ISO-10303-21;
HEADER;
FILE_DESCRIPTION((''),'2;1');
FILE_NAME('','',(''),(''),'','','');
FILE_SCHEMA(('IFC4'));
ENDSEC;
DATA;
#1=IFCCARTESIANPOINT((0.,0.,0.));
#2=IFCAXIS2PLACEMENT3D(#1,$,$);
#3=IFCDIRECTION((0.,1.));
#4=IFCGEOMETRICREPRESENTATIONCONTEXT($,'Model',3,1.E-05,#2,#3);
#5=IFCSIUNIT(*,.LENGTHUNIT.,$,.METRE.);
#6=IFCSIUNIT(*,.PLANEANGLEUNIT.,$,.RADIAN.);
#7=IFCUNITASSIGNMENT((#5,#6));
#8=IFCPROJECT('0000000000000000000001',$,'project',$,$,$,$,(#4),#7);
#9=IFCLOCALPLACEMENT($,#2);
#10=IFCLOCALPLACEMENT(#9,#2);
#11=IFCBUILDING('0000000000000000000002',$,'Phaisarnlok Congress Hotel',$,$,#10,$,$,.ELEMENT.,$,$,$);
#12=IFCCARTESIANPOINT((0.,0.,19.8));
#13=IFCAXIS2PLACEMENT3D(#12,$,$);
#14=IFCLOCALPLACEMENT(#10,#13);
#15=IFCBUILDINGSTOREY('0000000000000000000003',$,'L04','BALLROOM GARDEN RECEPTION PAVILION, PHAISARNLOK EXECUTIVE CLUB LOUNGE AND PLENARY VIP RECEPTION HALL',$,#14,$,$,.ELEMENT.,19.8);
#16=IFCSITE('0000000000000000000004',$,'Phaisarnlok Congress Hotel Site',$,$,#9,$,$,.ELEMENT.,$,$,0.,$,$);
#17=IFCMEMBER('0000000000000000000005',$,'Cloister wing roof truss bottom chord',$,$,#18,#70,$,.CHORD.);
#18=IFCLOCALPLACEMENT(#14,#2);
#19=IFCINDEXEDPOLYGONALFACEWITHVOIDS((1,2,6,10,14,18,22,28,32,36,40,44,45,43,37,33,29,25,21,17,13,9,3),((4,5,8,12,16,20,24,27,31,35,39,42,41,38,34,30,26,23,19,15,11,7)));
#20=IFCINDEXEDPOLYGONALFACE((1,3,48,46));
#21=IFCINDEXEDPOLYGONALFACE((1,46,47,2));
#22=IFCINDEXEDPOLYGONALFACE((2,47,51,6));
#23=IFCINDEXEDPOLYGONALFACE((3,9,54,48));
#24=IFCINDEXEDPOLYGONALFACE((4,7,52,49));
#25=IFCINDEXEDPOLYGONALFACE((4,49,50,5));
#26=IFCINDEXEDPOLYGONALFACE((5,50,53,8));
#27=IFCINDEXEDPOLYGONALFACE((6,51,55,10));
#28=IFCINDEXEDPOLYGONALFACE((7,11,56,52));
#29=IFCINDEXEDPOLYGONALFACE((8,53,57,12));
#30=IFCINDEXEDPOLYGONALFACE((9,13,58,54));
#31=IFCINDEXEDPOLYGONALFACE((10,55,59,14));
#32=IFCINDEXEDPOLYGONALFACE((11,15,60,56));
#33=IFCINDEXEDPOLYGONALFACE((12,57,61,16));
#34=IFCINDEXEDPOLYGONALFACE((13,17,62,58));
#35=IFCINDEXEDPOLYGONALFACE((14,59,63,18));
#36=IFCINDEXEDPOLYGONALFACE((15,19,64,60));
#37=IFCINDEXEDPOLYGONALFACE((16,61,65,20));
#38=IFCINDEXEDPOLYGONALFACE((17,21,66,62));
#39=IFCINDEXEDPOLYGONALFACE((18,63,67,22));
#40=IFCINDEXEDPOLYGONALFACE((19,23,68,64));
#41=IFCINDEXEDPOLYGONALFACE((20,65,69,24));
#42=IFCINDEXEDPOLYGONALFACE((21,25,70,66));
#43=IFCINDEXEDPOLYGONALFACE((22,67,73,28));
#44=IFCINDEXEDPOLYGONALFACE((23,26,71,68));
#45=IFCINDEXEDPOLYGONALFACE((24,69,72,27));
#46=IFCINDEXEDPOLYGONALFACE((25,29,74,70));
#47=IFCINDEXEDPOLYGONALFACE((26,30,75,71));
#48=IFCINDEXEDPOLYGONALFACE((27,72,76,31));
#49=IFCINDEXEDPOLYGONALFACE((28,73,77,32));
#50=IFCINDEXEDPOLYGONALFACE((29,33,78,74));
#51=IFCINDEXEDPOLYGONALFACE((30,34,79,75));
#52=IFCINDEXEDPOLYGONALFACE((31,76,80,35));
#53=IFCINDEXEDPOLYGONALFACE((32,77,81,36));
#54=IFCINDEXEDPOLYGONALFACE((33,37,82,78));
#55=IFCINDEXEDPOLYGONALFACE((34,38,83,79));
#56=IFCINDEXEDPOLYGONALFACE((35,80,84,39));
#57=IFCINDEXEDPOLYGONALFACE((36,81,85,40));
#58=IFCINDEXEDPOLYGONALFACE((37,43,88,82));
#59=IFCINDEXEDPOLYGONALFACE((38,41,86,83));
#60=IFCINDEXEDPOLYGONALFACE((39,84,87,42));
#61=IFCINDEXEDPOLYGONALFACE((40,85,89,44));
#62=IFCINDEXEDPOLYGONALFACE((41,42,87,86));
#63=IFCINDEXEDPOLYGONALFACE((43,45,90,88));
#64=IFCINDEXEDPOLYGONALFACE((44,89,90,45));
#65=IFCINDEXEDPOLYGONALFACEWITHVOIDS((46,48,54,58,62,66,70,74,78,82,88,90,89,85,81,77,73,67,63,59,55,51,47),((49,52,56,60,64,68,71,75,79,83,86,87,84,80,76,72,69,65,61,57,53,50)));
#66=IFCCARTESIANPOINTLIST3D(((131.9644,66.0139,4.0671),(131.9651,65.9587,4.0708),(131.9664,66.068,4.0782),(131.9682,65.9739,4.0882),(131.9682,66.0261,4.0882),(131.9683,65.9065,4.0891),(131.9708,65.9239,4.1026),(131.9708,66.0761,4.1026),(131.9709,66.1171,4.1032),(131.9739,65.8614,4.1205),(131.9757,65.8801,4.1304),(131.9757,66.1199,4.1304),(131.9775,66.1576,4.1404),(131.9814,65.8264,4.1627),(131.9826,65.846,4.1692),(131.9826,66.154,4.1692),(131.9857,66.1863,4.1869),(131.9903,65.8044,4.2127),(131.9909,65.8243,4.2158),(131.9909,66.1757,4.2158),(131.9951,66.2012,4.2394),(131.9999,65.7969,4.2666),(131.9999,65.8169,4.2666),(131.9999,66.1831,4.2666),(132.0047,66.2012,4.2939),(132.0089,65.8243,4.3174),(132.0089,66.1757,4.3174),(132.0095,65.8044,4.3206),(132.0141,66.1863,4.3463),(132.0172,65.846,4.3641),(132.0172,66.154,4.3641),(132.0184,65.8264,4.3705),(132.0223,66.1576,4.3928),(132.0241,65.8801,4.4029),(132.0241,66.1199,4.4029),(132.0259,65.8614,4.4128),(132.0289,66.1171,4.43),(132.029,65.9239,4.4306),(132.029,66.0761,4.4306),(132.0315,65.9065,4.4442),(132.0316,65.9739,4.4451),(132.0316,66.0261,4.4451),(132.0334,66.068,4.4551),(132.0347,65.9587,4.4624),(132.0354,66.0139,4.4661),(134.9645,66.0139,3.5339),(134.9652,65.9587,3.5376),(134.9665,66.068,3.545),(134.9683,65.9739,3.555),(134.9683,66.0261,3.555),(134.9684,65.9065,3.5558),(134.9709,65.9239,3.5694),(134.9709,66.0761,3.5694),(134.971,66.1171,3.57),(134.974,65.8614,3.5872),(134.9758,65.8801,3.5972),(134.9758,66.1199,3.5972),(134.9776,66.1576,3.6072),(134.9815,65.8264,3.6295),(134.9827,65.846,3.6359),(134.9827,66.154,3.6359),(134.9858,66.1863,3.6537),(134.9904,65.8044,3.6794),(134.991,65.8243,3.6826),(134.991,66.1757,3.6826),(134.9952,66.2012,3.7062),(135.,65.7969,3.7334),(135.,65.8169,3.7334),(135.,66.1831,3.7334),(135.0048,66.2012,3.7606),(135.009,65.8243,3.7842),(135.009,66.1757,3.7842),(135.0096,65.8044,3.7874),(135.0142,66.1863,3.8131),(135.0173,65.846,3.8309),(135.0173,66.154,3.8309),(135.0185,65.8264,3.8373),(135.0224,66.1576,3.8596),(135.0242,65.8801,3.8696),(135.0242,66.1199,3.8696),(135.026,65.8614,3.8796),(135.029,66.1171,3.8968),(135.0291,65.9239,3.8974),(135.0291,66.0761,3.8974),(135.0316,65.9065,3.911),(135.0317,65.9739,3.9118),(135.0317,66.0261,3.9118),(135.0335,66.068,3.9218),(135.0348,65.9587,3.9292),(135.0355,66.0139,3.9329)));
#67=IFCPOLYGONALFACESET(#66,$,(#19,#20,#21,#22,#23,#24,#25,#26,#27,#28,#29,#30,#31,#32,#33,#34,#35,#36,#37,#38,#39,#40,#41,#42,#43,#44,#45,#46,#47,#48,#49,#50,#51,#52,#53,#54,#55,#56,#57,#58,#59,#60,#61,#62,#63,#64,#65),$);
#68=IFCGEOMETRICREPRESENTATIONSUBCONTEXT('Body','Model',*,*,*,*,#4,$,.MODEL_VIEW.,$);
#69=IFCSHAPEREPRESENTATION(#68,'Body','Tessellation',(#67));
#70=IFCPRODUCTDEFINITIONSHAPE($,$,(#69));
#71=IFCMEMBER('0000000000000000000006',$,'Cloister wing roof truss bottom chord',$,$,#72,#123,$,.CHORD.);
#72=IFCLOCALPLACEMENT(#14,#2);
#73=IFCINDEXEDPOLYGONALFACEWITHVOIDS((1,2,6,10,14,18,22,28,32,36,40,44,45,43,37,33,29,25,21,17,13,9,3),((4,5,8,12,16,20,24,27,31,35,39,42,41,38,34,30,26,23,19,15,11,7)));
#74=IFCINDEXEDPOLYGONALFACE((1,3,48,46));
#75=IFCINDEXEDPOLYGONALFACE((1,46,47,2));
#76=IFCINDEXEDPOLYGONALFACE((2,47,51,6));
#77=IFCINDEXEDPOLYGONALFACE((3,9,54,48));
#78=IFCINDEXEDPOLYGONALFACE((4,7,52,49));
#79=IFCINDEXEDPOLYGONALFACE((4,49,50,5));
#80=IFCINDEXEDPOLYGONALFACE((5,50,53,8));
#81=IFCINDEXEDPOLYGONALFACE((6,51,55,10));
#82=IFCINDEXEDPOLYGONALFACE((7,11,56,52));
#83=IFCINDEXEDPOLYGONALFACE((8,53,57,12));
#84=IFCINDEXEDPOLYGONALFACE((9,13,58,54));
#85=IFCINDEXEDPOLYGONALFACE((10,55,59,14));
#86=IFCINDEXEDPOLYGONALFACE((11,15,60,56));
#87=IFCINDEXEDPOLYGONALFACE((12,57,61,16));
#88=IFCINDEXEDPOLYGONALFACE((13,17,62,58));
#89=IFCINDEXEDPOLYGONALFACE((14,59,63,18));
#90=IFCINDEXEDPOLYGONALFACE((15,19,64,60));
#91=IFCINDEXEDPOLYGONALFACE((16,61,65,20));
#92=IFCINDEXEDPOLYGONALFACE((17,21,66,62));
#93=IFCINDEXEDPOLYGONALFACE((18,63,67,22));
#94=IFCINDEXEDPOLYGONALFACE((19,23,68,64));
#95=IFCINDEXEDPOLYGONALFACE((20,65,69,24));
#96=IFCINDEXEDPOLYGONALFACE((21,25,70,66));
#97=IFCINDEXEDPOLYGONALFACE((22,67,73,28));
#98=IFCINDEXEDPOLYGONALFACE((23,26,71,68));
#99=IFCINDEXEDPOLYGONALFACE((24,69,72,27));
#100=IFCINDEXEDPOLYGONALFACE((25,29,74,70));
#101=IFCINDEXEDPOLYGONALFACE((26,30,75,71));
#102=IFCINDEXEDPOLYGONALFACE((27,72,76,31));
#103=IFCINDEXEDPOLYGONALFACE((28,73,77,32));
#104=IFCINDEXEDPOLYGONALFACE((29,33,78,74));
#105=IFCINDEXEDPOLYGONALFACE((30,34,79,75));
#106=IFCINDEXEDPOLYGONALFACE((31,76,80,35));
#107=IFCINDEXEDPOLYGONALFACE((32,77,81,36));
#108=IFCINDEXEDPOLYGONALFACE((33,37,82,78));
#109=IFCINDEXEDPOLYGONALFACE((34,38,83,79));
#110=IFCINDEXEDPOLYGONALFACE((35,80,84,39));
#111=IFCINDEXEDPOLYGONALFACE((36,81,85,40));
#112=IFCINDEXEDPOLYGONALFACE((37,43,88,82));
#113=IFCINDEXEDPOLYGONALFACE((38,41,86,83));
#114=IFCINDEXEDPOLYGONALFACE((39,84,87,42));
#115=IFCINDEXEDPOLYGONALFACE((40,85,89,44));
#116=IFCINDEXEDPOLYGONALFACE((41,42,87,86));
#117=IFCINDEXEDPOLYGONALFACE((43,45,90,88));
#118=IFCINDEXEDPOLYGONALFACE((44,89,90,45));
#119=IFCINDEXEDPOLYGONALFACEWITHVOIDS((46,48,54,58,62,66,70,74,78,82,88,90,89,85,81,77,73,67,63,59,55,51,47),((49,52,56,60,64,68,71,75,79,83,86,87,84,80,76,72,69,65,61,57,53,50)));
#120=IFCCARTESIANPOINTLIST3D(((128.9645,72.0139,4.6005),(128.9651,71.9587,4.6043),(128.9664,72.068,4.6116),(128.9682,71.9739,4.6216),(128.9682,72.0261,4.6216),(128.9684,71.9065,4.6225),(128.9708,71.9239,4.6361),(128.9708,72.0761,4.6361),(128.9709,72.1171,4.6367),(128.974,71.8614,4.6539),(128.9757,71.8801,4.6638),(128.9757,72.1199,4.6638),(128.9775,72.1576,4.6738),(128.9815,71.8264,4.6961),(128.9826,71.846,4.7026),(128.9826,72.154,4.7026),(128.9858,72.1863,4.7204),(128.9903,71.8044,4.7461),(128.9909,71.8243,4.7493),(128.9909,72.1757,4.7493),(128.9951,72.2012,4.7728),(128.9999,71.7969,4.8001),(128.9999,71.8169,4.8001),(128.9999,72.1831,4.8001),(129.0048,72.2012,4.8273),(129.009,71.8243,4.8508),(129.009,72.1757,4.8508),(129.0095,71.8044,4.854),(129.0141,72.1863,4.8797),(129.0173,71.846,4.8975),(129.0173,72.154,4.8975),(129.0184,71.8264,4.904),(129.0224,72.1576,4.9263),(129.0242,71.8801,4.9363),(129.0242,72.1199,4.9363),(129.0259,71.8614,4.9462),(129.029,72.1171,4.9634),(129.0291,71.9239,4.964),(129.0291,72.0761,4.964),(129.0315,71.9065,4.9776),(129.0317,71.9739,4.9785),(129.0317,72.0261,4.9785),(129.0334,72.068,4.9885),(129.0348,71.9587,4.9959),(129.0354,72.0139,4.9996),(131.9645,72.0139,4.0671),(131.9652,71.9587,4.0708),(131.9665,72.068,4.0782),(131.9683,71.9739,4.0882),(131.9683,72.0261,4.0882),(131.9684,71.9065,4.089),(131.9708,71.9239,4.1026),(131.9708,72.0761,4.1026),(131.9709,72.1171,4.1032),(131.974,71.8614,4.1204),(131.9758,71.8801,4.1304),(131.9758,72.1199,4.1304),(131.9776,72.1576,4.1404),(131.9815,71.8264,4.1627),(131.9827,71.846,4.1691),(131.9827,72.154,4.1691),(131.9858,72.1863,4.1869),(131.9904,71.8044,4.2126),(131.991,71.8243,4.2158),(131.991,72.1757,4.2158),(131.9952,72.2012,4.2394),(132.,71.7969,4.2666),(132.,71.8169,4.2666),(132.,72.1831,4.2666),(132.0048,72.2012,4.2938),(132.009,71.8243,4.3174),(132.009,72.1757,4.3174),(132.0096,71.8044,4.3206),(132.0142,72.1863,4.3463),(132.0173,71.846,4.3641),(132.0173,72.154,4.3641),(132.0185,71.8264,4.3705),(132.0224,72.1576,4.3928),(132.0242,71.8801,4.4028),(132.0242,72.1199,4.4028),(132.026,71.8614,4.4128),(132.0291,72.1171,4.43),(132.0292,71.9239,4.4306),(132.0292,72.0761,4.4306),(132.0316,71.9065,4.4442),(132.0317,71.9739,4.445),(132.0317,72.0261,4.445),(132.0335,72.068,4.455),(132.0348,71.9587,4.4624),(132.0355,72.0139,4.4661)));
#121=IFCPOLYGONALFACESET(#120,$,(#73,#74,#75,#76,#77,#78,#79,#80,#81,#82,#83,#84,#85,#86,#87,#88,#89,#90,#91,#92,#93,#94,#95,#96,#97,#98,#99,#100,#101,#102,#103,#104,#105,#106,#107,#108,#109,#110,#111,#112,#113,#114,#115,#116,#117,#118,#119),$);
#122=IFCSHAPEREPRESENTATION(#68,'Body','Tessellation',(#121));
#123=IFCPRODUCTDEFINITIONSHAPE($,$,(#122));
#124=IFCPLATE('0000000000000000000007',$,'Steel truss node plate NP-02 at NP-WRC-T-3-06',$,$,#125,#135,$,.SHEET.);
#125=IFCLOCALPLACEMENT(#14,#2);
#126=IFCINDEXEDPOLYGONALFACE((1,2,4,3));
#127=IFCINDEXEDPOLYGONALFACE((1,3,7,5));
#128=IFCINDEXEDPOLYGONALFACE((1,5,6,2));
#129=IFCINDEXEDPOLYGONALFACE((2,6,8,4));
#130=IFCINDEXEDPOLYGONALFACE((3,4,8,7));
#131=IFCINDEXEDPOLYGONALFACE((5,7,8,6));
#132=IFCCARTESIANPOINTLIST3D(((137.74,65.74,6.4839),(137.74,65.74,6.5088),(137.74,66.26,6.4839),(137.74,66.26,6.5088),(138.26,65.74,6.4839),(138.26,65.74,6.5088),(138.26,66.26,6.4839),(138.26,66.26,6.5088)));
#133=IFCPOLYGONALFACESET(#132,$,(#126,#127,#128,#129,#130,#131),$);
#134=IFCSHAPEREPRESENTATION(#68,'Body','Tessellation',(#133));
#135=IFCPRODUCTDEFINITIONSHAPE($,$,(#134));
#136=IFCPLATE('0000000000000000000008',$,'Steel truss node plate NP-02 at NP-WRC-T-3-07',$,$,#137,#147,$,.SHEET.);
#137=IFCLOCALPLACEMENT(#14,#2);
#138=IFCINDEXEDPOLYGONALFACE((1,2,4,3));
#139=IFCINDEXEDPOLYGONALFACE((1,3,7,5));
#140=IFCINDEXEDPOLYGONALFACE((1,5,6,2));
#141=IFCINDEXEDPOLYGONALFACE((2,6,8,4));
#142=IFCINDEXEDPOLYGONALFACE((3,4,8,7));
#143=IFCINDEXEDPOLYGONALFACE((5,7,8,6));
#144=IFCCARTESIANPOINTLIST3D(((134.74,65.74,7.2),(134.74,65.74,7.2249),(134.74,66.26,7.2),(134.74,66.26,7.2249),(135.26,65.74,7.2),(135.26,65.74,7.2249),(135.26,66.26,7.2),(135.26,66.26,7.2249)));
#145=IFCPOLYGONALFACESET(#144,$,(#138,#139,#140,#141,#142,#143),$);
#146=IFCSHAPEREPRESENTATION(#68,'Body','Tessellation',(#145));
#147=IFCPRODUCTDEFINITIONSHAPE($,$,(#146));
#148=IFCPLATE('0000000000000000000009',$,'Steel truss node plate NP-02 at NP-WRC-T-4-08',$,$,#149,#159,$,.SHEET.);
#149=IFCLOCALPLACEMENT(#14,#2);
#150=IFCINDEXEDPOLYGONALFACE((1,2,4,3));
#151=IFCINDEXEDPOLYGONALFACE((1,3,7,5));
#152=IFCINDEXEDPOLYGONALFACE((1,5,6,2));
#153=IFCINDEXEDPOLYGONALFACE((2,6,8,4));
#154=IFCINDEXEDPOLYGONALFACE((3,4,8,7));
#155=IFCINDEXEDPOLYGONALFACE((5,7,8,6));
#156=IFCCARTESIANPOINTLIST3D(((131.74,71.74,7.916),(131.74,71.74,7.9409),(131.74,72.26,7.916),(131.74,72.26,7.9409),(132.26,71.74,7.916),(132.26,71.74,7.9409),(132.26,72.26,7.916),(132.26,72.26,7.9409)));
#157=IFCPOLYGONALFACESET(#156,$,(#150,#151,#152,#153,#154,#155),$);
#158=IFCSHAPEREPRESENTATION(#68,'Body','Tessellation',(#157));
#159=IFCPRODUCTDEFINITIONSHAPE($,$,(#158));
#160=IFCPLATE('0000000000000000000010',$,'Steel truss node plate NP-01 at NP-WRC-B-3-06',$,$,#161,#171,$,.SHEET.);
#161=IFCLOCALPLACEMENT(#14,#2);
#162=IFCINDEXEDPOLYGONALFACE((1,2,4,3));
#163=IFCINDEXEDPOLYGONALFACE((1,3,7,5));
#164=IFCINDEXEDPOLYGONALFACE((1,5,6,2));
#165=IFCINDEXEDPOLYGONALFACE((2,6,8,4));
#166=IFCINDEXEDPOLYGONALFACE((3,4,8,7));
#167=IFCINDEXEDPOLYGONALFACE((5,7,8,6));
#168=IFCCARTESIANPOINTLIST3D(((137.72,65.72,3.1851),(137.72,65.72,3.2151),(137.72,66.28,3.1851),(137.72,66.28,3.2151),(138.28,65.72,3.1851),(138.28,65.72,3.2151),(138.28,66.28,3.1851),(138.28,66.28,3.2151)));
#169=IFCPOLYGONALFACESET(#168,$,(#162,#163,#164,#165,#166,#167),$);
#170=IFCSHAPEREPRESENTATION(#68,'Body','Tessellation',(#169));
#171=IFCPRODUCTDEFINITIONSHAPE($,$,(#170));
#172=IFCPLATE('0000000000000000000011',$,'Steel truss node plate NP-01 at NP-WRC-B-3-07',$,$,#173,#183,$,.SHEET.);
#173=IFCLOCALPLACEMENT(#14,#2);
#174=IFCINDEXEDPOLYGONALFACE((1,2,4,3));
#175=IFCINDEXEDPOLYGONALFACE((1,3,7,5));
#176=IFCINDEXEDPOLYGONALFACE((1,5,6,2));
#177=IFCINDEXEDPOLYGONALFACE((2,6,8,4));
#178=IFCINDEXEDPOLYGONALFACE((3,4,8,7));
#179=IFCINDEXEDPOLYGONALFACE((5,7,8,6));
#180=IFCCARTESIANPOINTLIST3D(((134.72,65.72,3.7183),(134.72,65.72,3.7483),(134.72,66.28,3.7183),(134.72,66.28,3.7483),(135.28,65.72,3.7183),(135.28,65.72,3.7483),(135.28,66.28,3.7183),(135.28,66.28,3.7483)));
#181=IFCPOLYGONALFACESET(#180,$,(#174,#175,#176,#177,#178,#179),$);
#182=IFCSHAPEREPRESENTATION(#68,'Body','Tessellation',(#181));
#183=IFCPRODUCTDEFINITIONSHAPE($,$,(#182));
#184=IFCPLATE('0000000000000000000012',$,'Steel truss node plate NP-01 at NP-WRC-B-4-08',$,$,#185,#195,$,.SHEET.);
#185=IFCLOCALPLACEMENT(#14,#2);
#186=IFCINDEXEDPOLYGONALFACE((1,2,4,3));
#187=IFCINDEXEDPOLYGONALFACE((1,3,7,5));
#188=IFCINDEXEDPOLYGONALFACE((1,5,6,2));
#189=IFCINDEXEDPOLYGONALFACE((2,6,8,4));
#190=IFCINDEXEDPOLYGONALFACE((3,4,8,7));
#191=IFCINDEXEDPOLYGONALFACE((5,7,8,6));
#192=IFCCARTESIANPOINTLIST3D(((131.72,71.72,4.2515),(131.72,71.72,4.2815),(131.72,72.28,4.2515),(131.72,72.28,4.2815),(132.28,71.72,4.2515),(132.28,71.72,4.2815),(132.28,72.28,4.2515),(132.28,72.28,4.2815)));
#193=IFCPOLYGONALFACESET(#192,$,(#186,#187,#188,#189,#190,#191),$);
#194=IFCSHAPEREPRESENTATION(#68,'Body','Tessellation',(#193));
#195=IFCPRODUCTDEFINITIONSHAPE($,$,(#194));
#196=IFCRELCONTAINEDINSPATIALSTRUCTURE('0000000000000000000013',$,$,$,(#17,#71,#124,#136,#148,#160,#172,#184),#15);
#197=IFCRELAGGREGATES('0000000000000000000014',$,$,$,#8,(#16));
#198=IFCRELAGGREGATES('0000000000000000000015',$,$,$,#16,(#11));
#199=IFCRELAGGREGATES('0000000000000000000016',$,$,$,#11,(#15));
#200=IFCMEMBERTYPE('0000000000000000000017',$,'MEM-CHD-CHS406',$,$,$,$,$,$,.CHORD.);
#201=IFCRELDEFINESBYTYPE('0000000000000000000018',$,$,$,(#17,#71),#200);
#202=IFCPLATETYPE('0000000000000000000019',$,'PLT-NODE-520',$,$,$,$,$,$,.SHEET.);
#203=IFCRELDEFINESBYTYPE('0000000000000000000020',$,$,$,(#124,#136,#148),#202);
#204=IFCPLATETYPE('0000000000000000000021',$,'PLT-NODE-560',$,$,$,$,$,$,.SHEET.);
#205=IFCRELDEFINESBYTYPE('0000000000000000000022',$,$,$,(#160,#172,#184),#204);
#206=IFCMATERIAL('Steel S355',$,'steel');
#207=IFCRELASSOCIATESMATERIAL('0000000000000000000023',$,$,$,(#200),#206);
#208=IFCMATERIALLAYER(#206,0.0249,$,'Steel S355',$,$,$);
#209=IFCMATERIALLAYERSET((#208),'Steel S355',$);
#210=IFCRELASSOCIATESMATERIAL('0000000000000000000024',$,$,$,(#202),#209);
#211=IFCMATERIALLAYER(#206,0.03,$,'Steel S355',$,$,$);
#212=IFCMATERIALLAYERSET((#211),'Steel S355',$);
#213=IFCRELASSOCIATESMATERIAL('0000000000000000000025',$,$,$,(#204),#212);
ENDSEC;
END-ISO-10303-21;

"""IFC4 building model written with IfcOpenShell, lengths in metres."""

from ifc_helpers import new_model, si_unit, direction, frame, origin, origin_2d, place, context, subcontext, project, spatial, rectangle, hollow_circle, extrude, material, layer, layer_set, material_profile, profile_set, type_object, element, save


model = new_model("IFC4")

# Units and contexts
model_context = context("Model", 3, precision=1e-05, world=origin(), true_north=direction((0.0, 1.0)))
body_context = subcontext(model_context, "Body", "Model", "MODEL_VIEW")
ifc_project = project(units=[si_unit("LENGTHUNIT", "METRE"), si_unit("PLANEANGLEUNIT", "RADIAN")], contexts=[model_context])

# Site, building, storey
site_placement = place(None, origin())
site = spatial("IfcSite", under=ifc_project, at=site_placement, Name="Phaisarnlok Congress Hotel Site", CompositionType="ELEMENT", RefElevation=0.0)
building_placement = place(site_placement, origin())
building = spatial("IfcBuilding", under=site, at=building_placement, Name="Phaisarnlok Congress Hotel", CompositionType="ELEMENT")
storey_placement = place(building_placement, frame((0.0, 0.0, 19.8)))
storey = spatial("IfcBuildingStorey", under=building, at=storey_placement, Name="L04", Description="BALLROOM GARDEN RECEPTION PAVILION, PHAISARNLOK EXECUTIVE CLUB LOUNGE AND PLENARY VIP RECEPTION HALL", CompositionType="ELEMENT", Elevation=19.8)

# Shared definitions
ifc_material_1 = material(Name="Steel S355", Category="steel")

# Members
ifc_material_profile_1 = material_profile(ifc_material_1, hollow_circle(Radius=0.2031, WallThickness=0.02, at=origin_2d()), Name="CHS 406.4x20")
ifc_profile_set_1 = profile_set([ifc_material_profile_1], Name="Steel S355")
member_type_1 = type_object("IfcMemberType", Name="MEM-CHD-CHS406", PredefinedType="CHORD", material=ifc_profile_set_1)
for number, where, z_axis, x_axis, name in (
    (1, (135.0, 66.0, 3.7334), (-0.98457, 0.0, 0.174992), (0.0, -1.0, 0.0), "Cloister wing roof truss bottom chord"),
    (2, (132.0, 72.0, 4.2666), (-0.984556, 0.0, 0.17507), (0.0, -1.0, 0.0), "Cloister wing roof truss bottom chord"),
):
    element("IfcMember", number, at=place(storey_placement, frame(where, z_axis=z_axis, x_axis=x_axis)), inside=storey, type_object=member_type_1, Name=name, PredefinedType="CHORD", context=body_context, shape_type="SweptSolid", body=[
        extrude(hollow_circle(Radius=0.2031, WallThickness=0.02, at=origin_2d()), origin(), (0.0, 0.0, 1.0), 3.0471),
    ])

# Plates
ifc_layer_1 = layer(ifc_material_1, 0.0249, Name="Steel S355")
ifc_layer_set_1 = layer_set([ifc_layer_1], Name="Steel S355")
plate_type_1 = type_object("IfcPlateType", Name="PLT-NODE-520", PredefinedType="SHEET", material=ifc_layer_set_1)
for number, where, z_axis, x_axis, name in (
    (3, (138.0, 66.0, 6.4839), (0.0, 0.0, 1.0), (1.0, 0.0, 0.0), "Steel truss node plate NP-02 at NP-WRC-T-3-06"),
    (4, (135.0, 66.0, 7.2), (0.0, 0.0, 1.0), (1.0, 0.0, 0.0), "Steel truss node plate NP-02 at NP-WRC-T-3-07"),
    (5, (132.0, 72.0, 7.916), (0.0, 0.0, 1.0), (1.0, 0.0, 0.0), "Steel truss node plate NP-02 at NP-WRC-T-4-08"),
):
    element("IfcPlate", number, at=place(storey_placement, frame(where, z_axis=z_axis, x_axis=x_axis)), inside=storey, type_object=plate_type_1, Name=name, PredefinedType="SHEET", context=body_context, shape_type="SweptSolid", body=[
        extrude(rectangle(XDim=0.52, YDim=0.52, at=origin_2d()), origin(), (0.0, 0.0, 1.0), 0.0249),
    ])
ifc_layer_2 = layer(ifc_material_1, 0.03, Name="Steel S355")
ifc_layer_set_2 = layer_set([ifc_layer_2], Name="Steel S355")
plate_type_2 = type_object("IfcPlateType", Name="PLT-NODE-560", PredefinedType="SHEET", material=ifc_layer_set_2)
for number, where, z_axis, x_axis, name in (
    (6, (138.0, 66.0, 3.1851), (0.0, 0.0, 1.0), (1.0, 0.0, 0.0), "Steel truss node plate NP-01 at NP-WRC-B-3-06"),
    (7, (135.0, 66.0, 3.7183), (0.0, 0.0, 1.0), (1.0, 0.0, 0.0), "Steel truss node plate NP-01 at NP-WRC-B-3-07"),
    (8, (132.0, 72.0, 4.2515), (0.0, 0.0, 1.0), (1.0, 0.0, 0.0), "Steel truss node plate NP-01 at NP-WRC-B-4-08"),
):
    element("IfcPlate", number, at=place(storey_placement, frame(where, z_axis=z_axis, x_axis=x_axis)), inside=storey, type_object=plate_type_2, Name=name, PredefinedType="SHEET", context=body_context, shape_type="SweptSolid", body=[
        extrude(rectangle(XDim=0.5601, YDim=0.5601, at=origin_2d()), origin(), (0.0, 0.0, 1.0), 0.03),
    ])

save(model, "model.ifc")
